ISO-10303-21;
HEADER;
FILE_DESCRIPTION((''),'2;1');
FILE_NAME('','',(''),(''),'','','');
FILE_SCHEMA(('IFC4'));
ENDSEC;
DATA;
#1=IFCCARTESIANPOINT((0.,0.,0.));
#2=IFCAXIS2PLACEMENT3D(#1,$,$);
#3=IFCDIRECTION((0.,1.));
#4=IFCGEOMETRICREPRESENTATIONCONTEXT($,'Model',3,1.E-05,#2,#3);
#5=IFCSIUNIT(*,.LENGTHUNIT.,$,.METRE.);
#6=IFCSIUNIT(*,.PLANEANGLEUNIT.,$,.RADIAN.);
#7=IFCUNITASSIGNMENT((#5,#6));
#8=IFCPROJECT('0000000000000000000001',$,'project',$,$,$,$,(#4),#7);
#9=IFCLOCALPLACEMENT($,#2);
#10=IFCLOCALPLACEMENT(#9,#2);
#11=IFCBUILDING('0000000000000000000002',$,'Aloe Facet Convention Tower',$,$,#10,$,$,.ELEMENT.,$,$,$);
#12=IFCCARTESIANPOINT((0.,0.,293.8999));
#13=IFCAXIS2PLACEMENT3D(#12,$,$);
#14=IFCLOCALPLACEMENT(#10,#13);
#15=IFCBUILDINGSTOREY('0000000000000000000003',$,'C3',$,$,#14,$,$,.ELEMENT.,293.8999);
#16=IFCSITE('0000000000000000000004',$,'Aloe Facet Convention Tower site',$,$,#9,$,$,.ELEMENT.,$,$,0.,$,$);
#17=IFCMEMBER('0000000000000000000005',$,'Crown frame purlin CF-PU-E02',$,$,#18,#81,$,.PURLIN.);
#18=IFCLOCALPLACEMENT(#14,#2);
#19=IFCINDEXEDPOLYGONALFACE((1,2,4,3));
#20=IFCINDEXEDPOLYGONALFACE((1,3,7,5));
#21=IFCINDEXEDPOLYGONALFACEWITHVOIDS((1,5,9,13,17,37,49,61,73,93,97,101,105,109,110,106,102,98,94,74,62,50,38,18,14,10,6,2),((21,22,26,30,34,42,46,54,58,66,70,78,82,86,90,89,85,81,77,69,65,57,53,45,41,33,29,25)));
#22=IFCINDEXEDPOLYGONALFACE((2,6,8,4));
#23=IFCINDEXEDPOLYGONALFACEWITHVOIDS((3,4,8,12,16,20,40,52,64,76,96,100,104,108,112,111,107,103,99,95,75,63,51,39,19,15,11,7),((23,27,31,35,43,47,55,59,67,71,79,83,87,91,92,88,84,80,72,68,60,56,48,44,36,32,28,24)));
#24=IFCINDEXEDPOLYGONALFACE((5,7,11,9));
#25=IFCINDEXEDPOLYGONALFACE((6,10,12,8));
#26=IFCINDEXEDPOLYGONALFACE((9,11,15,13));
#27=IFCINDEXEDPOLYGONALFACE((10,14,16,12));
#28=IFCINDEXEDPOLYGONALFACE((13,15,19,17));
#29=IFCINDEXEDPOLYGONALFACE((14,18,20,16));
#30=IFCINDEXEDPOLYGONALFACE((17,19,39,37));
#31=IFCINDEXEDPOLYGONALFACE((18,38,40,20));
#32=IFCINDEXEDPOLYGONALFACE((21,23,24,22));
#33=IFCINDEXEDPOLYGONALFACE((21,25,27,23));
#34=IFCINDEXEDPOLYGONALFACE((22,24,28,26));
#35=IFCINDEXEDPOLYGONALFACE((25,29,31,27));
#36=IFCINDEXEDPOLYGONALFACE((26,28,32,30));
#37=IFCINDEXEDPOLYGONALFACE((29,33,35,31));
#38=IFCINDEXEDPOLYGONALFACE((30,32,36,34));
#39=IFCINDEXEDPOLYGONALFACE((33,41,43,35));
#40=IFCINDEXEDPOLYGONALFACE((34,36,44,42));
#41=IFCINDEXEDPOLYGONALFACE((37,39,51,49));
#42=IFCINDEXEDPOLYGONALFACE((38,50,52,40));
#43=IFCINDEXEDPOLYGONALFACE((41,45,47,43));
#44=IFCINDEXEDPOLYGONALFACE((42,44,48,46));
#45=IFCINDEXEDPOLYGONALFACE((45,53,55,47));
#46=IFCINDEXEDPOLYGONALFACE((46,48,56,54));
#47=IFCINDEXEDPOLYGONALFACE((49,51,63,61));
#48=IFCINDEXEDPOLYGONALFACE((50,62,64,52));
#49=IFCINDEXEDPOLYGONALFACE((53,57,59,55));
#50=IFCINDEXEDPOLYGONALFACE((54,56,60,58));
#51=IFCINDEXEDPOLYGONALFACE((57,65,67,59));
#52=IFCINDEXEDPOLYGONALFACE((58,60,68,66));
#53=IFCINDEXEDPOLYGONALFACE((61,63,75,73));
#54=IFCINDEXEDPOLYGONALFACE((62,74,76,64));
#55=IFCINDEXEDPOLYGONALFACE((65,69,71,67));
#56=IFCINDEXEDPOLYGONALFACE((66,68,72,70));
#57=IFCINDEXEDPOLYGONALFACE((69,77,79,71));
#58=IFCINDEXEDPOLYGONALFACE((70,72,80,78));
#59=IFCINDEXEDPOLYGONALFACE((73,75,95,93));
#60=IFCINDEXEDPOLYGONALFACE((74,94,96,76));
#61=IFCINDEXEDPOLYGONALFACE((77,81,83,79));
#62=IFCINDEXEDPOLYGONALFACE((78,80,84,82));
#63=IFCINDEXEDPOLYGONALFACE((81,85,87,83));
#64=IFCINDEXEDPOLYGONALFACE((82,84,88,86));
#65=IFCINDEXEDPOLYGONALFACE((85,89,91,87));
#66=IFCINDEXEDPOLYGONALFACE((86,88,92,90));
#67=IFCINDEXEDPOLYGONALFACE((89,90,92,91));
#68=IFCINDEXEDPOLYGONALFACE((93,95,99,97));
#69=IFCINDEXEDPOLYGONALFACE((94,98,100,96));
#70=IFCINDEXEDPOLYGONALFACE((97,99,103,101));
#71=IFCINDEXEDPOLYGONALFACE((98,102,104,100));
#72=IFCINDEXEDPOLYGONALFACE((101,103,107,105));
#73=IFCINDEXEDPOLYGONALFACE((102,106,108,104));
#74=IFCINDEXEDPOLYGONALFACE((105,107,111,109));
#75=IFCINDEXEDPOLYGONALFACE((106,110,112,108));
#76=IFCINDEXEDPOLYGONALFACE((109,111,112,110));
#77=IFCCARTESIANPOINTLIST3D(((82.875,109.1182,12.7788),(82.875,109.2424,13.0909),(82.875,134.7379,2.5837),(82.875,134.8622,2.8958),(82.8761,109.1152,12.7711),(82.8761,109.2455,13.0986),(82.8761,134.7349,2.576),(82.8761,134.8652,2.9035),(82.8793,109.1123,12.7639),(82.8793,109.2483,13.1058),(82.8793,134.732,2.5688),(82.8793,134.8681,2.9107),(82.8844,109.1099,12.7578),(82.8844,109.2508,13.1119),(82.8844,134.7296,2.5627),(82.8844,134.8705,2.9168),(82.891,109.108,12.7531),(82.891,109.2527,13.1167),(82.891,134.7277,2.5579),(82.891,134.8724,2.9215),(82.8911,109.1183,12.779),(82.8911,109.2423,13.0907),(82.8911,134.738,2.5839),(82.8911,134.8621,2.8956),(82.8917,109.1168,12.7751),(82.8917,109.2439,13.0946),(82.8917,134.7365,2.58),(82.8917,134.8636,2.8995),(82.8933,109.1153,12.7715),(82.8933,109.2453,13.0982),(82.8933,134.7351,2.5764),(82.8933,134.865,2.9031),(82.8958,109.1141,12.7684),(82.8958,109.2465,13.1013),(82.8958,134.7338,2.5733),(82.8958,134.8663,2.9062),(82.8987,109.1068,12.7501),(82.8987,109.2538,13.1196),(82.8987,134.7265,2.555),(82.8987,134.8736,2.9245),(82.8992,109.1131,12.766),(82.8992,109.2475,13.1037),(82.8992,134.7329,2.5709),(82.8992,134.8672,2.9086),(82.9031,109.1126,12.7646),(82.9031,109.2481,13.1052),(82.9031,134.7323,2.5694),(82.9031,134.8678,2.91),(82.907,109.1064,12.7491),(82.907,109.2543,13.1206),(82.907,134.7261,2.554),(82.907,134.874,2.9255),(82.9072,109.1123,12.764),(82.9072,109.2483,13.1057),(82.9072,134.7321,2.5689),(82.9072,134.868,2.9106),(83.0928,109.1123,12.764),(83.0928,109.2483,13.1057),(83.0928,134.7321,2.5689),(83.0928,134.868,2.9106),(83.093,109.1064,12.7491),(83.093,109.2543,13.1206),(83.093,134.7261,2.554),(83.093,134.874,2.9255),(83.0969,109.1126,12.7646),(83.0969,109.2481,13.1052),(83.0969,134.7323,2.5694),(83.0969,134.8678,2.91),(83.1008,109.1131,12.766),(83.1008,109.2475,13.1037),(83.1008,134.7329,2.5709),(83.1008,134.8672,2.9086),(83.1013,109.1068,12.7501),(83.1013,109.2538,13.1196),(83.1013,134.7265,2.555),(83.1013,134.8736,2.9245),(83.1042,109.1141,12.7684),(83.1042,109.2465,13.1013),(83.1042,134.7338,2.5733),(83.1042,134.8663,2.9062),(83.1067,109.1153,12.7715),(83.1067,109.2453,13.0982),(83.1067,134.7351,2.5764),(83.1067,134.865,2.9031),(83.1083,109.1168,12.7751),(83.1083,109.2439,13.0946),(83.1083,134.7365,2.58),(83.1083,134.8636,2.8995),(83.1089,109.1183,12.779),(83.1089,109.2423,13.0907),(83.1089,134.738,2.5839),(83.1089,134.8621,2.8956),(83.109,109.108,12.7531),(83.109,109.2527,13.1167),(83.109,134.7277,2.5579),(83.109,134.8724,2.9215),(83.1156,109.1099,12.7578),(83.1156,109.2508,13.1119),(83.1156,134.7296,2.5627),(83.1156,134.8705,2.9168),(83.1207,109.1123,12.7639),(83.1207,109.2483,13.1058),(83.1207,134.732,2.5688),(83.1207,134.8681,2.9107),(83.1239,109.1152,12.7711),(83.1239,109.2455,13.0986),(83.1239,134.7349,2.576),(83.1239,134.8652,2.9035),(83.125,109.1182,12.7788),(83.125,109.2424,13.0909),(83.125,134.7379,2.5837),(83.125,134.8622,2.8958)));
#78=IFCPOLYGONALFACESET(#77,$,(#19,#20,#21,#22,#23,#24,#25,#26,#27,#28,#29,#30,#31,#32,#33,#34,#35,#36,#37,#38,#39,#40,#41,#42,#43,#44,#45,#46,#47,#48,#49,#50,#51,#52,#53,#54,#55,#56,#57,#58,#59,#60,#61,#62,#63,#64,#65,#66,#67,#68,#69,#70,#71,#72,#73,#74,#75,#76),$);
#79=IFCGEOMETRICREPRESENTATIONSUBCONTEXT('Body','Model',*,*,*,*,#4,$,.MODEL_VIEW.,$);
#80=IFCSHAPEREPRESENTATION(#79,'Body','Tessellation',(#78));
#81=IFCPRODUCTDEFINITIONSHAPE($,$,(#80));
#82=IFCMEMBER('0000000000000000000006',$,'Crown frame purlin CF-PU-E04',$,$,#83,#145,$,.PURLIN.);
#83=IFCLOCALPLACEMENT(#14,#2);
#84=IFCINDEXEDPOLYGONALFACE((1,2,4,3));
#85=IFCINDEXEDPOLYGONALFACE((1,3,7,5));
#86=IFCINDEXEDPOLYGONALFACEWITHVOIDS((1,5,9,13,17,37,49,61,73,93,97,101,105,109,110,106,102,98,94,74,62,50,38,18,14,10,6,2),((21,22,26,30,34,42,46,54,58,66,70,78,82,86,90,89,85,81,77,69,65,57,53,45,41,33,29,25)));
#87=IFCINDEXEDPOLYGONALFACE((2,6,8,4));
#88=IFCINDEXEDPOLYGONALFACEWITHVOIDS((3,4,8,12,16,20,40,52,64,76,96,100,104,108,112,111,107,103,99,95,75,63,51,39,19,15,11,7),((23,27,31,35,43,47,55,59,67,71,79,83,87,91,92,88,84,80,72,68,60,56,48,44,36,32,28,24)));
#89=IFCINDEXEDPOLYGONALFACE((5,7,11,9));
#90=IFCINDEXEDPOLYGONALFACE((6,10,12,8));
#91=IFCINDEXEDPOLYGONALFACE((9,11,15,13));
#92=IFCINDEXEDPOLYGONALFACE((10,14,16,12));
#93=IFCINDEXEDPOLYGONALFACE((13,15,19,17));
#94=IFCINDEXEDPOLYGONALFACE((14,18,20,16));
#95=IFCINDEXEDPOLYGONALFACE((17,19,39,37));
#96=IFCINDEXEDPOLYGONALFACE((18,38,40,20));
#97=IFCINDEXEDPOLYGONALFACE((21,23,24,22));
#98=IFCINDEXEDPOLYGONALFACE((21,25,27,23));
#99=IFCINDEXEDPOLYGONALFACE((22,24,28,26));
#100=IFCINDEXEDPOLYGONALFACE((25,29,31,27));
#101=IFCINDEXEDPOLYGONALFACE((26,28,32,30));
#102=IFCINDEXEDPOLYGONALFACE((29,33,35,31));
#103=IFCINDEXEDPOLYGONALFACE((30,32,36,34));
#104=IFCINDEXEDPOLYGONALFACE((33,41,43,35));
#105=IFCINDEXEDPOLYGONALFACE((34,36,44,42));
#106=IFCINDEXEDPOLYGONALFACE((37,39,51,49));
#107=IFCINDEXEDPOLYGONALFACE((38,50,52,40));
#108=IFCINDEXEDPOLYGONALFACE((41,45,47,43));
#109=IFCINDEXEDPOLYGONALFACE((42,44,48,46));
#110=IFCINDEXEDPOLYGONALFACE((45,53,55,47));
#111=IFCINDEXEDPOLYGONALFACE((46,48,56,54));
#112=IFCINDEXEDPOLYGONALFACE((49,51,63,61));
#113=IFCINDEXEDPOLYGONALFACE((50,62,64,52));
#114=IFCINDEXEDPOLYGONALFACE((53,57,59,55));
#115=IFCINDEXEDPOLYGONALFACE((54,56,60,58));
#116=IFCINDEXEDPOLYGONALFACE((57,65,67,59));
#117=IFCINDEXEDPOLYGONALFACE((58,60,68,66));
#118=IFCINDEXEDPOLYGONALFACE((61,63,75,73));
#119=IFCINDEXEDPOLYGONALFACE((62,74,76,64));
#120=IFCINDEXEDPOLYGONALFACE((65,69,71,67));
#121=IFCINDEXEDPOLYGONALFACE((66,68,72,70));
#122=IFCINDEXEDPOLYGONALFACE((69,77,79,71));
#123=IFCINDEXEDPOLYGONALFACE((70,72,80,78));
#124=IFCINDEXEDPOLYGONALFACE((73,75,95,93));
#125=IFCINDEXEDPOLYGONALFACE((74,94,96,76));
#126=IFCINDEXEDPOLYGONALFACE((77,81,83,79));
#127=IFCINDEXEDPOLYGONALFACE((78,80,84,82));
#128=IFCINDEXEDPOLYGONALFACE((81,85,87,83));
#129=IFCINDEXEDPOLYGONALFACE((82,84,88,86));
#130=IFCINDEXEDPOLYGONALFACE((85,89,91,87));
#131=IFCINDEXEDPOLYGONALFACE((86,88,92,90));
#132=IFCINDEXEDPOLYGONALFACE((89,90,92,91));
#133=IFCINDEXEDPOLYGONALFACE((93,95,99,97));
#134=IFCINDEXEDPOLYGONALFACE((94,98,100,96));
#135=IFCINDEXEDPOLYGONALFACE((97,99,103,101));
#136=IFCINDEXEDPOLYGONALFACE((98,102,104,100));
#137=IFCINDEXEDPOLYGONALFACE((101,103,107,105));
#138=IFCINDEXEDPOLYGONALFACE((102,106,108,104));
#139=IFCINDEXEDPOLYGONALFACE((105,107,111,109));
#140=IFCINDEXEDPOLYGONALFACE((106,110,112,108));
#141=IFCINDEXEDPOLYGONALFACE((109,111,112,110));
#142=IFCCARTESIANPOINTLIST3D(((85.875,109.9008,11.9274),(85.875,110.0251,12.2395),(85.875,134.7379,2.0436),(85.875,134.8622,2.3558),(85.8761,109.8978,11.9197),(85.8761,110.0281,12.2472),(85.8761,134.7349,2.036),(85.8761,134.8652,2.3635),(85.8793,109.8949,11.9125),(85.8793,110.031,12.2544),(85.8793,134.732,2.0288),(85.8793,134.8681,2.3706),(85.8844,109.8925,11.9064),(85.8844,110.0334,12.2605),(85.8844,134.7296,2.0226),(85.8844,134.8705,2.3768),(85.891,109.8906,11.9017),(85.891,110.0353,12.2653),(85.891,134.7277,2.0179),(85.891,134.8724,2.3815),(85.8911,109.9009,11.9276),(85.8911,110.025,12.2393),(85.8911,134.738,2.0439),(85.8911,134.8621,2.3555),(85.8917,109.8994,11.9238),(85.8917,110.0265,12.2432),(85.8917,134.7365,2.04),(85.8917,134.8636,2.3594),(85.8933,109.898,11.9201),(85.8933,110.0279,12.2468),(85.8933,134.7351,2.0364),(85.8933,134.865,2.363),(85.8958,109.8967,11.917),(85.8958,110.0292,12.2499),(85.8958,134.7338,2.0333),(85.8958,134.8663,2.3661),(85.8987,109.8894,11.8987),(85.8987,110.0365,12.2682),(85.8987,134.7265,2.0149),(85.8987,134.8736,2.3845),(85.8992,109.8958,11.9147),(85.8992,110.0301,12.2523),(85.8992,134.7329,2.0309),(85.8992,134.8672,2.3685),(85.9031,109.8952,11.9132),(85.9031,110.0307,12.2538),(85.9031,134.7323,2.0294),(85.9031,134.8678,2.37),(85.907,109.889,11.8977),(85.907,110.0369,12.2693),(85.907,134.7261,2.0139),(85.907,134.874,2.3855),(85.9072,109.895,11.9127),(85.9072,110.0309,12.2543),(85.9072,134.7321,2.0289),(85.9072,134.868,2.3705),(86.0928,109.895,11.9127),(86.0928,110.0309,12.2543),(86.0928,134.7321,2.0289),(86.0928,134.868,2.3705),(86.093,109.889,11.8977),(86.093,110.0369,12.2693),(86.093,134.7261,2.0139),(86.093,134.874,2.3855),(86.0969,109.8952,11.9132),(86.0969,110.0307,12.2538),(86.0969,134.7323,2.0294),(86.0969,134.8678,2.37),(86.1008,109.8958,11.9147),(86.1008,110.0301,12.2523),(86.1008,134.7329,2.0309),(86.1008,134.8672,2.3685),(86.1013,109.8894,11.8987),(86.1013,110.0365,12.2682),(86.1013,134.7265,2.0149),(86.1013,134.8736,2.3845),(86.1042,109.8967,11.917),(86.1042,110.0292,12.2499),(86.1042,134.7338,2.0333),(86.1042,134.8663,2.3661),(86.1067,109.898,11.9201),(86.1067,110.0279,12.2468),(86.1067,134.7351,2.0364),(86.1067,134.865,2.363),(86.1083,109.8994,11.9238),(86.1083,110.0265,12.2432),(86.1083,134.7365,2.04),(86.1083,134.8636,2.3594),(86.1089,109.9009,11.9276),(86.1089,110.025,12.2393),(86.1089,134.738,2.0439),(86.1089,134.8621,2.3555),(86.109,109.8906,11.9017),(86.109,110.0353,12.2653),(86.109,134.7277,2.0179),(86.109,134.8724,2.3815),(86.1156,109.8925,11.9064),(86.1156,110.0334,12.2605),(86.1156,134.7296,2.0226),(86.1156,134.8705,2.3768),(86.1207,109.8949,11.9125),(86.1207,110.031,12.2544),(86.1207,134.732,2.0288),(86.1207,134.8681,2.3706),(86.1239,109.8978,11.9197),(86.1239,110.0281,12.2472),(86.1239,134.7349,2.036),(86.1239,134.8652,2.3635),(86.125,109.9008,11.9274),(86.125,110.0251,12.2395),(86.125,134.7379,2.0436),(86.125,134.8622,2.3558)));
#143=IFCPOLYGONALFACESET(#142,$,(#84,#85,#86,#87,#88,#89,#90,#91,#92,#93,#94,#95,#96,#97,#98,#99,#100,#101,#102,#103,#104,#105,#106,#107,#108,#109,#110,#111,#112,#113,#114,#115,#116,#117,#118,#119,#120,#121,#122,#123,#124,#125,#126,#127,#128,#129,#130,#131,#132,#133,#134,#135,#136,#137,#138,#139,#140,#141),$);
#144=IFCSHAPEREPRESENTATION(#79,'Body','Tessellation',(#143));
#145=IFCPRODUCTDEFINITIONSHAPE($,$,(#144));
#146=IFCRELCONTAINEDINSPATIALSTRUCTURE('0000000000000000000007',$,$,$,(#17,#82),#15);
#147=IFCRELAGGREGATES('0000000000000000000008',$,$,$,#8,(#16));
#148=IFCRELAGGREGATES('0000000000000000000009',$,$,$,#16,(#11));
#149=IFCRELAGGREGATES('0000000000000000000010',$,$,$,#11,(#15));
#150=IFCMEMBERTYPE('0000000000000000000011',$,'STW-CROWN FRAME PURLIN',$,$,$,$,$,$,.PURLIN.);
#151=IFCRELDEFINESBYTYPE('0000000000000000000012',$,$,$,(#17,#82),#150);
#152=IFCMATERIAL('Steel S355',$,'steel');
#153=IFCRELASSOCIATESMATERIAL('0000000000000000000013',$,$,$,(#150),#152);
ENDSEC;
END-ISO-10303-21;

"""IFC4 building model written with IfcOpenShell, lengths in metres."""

from ifc_helpers import new_model, si_unit, direction, frame, origin, origin_2d, place, context, subcontext, project, spatial, hollow_rectangle, extrude, material, material_profile, profile_set, type_object, element, save


model = new_model("IFC4")

# Units and contexts
model_context = context("Model", 3, precision=1e-05, world=origin(), true_north=direction((0.0, 1.0)))
body_context = subcontext(model_context, "Body", "Model", "MODEL_VIEW")
ifc_project = project(units=[si_unit("LENGTHUNIT", "METRE"), si_unit("PLANEANGLEUNIT", "RADIAN")], contexts=[model_context])

# Site, building, storey
site_placement = place(None, origin())
site = spatial("IfcSite", under=ifc_project, at=site_placement, Name="Aloe Facet Convention Tower site", CompositionType="ELEMENT", RefElevation=0.0)
building_placement = place(site_placement, origin())
building = spatial("IfcBuilding", under=site, at=building_placement, Name="Aloe Facet Convention Tower", CompositionType="ELEMENT")
storey_placement = place(building_placement, frame((0.0, 0.0, 293.8999)))
storey = spatial("IfcBuildingStorey", under=building, at=storey_placement, Name="C3", CompositionType="ELEMENT", Elevation=293.8999)

# Members
ifc_material_1 = material(Name="Steel S355", Category="steel")
ifc_material_profile_1 = material_profile(ifc_material_1, hollow_rectangle(XDim=0.25, YDim=0.3999, WallThickness=0.0161, InnerFilletRadius=0.0161, OuterFilletRadius=0.032, at=origin_2d()), Name="RHS 400x250x16")
ifc_profile_set_1 = profile_set([ifc_material_profile_1], Name="Steel S355")
member_type_1 = type_object("IfcMemberType", Name="STW-CROWN FRAME PURLIN", PredefinedType="PURLIN", material=ifc_profile_set_1)
member_1_placement = place(storey_placement, frame((83.0, 134.8, 2.7397), z_axis=(0.0, -0.929135, 0.36974), x_axis=(1.0, 0.0, 0.0)))
element("IfcMember", 1, at=member_1_placement, inside=storey, type_object=member_type_1, Name="Crown frame purlin CF-PU-E02", PredefinedType="PURLIN", context=body_context, shape_type="SweptSolid", body=[
    extrude(hollow_rectangle(XDim=0.25, YDim=0.3999, WallThickness=0.0161, InnerFilletRadius=0.0161, OuterFilletRadius=0.032, at=origin_2d()), origin(), (0.0, 0.0, 1.0), 27.5737),
])
member_2_placement = place(storey_placement, frame((86.0, 134.8, 2.1997), z_axis=(0.0, -0.929134, 0.369743), x_axis=(1.0, 0.0, 0.0)))
element("IfcMember", 2, at=member_2_placement, inside=storey, type_object=member_type_1, Name="Crown frame purlin CF-PU-E04", PredefinedType="PURLIN", context=body_context, shape_type="SweptSolid", body=[
    extrude(hollow_rectangle(XDim=0.25, YDim=0.3999, WallThickness=0.0161, InnerFilletRadius=0.0161, OuterFilletRadius=0.032, at=origin_2d()), origin(), (0.0, 0.0, 1.0), 26.7314),
])

save(model, "model.ifc")
